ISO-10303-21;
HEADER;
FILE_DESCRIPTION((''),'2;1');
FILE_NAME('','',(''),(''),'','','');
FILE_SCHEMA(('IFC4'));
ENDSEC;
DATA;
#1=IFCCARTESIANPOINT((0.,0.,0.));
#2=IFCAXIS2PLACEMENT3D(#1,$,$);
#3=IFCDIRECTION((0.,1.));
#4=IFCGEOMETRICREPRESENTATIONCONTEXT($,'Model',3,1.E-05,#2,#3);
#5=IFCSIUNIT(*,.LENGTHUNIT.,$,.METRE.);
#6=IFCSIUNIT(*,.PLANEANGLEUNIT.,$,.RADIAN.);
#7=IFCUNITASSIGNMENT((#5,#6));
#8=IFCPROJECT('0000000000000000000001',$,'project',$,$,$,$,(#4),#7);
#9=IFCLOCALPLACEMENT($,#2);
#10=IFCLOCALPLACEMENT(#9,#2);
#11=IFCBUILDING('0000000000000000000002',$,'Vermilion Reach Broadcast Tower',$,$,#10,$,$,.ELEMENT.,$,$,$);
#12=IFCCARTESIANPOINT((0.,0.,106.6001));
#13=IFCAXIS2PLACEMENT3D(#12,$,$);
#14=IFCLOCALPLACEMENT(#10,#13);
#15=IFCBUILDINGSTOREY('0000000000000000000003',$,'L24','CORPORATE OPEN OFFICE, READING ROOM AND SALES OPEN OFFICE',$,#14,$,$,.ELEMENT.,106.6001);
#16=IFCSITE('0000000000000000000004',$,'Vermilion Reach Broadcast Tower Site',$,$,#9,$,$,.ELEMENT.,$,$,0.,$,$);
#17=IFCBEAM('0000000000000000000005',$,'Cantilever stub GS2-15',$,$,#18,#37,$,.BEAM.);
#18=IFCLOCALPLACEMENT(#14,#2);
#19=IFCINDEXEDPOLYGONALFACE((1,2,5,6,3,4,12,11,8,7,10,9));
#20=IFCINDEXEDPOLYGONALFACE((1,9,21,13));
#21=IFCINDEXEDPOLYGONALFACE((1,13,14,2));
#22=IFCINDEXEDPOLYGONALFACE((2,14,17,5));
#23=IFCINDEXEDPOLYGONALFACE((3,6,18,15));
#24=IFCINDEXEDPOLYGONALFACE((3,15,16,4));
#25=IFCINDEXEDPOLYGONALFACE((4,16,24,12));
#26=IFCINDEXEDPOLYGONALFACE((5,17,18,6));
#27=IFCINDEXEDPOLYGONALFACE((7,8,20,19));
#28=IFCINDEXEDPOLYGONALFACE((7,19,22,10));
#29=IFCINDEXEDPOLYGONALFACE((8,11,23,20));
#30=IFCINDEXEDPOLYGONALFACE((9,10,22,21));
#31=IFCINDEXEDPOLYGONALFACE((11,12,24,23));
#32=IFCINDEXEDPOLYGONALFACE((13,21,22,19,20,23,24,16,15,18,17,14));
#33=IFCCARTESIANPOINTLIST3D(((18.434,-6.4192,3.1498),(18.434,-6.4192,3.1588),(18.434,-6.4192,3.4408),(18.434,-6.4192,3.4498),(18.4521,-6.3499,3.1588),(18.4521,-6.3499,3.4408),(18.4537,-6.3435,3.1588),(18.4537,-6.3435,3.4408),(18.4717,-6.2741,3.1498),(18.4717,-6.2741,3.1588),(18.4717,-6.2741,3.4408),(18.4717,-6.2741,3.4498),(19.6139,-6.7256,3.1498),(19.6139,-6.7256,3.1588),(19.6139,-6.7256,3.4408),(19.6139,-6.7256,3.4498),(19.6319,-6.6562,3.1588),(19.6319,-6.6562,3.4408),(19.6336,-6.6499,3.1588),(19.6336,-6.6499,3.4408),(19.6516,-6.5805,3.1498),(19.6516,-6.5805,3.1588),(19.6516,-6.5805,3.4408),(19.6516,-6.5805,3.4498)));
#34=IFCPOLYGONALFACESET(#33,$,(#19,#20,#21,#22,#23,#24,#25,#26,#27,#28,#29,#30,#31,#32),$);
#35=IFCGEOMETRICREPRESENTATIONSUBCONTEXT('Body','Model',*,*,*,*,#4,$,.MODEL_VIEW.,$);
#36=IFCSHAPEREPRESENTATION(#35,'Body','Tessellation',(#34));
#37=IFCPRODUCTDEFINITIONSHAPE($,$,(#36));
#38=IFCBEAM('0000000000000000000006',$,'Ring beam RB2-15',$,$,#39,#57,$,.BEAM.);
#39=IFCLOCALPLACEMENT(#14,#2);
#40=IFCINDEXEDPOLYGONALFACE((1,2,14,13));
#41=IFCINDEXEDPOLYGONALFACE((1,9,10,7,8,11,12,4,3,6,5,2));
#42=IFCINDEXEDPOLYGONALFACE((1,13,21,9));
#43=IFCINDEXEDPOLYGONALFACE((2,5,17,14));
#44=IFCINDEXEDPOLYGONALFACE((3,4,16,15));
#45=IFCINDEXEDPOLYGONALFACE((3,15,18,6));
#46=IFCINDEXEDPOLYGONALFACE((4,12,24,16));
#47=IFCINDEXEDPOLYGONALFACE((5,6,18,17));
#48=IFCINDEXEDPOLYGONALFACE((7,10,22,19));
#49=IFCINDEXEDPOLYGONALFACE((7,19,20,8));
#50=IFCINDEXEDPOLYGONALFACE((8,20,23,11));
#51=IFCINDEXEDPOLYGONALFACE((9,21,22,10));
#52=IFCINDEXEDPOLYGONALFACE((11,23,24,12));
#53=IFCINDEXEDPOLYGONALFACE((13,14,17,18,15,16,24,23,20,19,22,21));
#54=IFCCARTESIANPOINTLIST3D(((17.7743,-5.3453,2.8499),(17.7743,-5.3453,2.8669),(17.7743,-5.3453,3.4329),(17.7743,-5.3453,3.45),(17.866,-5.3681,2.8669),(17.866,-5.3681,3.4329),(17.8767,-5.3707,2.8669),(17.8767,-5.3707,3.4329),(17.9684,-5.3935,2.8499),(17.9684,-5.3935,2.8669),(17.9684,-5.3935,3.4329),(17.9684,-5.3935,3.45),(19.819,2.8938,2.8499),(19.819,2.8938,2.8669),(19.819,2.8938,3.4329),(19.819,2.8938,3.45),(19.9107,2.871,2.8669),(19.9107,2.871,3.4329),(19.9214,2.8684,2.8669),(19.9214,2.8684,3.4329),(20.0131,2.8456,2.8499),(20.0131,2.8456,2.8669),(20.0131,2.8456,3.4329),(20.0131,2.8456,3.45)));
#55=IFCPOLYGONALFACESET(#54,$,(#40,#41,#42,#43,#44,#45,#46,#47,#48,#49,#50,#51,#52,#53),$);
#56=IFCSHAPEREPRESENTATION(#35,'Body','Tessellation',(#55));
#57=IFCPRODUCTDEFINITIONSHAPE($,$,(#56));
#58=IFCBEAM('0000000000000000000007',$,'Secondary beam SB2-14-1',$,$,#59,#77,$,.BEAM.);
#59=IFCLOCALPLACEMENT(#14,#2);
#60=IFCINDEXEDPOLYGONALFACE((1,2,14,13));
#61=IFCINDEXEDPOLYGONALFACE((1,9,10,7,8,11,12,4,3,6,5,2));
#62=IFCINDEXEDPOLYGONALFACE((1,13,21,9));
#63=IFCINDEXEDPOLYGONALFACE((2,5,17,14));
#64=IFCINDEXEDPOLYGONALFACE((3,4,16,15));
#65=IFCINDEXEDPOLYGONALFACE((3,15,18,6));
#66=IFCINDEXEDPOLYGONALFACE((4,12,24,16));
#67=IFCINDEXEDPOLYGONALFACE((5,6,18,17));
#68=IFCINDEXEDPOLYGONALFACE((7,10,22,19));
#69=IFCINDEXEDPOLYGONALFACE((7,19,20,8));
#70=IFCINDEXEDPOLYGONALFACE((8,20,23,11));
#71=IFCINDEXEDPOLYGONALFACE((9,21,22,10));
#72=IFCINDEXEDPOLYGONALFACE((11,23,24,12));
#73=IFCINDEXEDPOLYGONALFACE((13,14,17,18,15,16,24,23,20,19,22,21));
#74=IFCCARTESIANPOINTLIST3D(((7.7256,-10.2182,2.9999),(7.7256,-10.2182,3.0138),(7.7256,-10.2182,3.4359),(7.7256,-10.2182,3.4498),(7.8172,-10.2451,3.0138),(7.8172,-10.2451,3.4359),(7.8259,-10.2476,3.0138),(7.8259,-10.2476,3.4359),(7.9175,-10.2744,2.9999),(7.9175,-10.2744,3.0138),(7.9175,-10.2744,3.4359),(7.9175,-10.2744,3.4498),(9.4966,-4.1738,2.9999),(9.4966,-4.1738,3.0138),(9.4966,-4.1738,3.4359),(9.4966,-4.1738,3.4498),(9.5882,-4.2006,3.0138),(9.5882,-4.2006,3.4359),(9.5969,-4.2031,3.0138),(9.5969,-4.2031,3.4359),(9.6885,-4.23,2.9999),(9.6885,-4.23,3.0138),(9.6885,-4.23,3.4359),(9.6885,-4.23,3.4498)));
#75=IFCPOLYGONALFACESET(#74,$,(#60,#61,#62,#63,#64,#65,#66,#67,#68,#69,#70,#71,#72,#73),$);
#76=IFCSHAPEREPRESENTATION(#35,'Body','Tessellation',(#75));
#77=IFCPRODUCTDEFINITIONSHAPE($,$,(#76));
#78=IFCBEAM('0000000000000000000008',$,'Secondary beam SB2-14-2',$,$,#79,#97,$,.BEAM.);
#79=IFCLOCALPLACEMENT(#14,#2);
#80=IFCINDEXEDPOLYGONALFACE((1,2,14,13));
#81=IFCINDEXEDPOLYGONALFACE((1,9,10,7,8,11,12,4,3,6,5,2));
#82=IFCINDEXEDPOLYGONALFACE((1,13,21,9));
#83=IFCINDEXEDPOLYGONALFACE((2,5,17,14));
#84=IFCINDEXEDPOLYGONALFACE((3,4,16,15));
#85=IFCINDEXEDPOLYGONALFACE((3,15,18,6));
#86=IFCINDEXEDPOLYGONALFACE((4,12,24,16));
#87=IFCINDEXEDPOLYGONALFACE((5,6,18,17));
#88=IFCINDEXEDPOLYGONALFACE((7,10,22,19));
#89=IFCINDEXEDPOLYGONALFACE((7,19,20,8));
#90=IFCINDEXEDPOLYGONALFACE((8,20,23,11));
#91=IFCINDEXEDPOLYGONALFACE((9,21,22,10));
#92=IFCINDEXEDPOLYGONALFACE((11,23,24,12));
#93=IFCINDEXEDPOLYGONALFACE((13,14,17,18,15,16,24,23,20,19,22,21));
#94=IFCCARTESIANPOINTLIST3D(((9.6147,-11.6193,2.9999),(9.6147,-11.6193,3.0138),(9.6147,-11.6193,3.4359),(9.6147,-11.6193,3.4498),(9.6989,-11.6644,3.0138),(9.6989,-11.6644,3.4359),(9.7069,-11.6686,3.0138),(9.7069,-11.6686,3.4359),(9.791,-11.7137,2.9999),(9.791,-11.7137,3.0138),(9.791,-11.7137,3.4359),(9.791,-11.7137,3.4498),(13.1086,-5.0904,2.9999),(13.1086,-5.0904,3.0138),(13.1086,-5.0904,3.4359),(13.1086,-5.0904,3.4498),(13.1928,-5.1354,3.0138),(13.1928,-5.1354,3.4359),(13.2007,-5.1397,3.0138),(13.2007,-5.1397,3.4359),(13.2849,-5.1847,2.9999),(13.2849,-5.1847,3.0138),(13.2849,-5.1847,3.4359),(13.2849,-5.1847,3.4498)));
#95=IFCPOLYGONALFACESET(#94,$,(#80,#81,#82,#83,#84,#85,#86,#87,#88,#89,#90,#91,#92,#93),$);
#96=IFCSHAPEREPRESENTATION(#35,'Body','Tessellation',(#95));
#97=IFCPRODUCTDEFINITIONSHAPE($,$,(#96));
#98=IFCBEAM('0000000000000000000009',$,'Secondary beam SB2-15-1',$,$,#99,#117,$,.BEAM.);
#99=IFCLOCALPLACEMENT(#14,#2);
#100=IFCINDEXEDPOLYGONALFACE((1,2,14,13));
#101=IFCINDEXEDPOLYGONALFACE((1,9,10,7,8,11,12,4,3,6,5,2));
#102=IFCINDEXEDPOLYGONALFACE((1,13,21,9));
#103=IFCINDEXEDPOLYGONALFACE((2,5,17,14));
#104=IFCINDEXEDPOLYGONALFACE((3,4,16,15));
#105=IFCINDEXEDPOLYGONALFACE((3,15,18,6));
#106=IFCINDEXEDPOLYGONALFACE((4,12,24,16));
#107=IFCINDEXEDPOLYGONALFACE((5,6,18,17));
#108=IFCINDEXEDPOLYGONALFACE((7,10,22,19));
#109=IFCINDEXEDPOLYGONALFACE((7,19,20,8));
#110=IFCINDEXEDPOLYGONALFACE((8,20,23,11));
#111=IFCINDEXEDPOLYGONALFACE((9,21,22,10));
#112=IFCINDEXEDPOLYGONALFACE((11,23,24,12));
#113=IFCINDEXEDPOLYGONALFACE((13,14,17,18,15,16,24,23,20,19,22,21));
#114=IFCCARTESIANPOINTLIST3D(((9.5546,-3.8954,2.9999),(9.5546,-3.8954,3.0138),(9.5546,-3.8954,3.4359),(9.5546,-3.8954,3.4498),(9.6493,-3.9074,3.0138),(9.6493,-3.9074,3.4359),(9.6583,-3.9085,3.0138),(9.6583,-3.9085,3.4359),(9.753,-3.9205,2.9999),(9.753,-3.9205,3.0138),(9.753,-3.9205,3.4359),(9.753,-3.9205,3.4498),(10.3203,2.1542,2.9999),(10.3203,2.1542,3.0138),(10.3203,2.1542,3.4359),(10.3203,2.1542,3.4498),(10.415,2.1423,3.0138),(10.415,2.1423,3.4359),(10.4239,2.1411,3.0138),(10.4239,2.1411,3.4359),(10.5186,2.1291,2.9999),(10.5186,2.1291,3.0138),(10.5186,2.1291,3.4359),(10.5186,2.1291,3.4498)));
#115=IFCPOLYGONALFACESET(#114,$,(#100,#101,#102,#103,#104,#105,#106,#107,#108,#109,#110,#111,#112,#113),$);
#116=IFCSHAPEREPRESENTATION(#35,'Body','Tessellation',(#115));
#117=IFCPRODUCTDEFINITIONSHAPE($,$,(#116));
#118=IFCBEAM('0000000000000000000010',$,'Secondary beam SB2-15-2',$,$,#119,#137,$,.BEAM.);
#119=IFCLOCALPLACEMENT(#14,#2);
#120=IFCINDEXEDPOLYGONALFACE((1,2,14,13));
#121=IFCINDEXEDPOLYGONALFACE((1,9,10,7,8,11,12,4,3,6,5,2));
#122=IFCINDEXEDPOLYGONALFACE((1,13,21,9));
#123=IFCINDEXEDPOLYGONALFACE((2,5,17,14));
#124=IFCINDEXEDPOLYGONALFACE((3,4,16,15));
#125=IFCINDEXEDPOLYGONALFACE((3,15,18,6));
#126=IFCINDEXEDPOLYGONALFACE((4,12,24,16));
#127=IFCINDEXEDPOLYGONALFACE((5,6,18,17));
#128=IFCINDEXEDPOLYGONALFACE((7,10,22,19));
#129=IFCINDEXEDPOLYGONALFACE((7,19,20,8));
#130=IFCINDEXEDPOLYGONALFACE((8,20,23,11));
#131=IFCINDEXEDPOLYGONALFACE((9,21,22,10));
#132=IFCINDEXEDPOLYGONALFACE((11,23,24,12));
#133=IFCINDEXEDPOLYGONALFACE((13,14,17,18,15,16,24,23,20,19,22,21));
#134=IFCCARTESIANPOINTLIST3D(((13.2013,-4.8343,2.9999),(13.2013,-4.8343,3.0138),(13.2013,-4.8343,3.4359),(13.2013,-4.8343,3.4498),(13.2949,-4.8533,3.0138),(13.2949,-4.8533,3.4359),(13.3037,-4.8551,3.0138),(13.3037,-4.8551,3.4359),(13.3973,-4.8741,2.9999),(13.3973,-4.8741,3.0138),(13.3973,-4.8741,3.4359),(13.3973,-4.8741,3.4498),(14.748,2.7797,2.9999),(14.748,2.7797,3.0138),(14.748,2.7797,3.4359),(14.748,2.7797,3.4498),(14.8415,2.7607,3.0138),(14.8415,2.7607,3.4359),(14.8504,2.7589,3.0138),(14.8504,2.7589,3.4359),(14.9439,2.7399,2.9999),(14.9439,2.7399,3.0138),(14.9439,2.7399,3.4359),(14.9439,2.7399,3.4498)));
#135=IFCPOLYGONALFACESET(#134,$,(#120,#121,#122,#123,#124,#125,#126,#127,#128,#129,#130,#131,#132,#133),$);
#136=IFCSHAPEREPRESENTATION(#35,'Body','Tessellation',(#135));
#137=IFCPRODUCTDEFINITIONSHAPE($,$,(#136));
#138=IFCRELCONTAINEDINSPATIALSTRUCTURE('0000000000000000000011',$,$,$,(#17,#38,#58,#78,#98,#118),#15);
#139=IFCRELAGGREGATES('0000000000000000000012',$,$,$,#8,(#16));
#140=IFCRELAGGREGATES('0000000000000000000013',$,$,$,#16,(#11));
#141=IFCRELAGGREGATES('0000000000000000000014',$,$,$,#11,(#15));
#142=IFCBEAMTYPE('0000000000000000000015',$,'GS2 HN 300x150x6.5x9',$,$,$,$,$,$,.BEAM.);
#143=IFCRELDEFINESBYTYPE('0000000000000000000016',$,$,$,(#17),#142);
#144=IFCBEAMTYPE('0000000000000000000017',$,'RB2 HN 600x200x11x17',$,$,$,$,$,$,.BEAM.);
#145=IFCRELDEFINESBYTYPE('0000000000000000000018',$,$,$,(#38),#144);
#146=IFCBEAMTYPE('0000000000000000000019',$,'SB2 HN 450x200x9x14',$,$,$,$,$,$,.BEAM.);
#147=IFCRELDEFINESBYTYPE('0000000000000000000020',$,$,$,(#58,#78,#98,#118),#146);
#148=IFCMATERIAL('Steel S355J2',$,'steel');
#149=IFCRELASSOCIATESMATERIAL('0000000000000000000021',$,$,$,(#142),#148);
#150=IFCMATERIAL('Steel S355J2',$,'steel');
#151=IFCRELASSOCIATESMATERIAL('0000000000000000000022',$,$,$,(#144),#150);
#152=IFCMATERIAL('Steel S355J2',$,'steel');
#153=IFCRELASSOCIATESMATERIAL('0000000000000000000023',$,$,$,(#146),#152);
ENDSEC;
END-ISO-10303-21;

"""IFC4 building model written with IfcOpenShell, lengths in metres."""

from ifc_helpers import new_model, si_unit, direction, frame, origin, origin_2d, place, context, subcontext, project, spatial, i_section, extrude, material, material_profile, profile_set, type_object, element, save


model = new_model("IFC4")

# Units and contexts
model_context = context("Model", 3, precision=1e-05, world=origin(), true_north=direction((0.0, 1.0)))
body_context = subcontext(model_context, "Body", "Model", "MODEL_VIEW")
ifc_project = project(units=[si_unit("LENGTHUNIT", "METRE"), si_unit("PLANEANGLEUNIT", "RADIAN")], contexts=[model_context])

# Site, building, storey
site_placement = place(None, origin())
site = spatial("IfcSite", under=ifc_project, at=site_placement, Name="Vermilion Reach Broadcast Tower Site", CompositionType="ELEMENT", RefElevation=0.0)
building_placement = place(site_placement, origin())
building = spatial("IfcBuilding", under=site, at=building_placement, Name="Vermilion Reach Broadcast Tower", CompositionType="ELEMENT")
storey_placement = place(building_placement, frame((0.0, 0.0, 106.6001)))
storey = spatial("IfcBuildingStorey", under=building, at=storey_placement, Name="L24", Description="CORPORATE OPEN OFFICE, READING ROOM AND SALES OPEN OFFICE", CompositionType="ELEMENT", Elevation=106.6001)

# Beams
ifc_material_1 = material(Name="Steel S355J2", Category="steel")
ifc_material_profile_1 = material_profile(ifc_material_1, i_section(OverallWidth=0.1499, OverallDepth=0.3, WebThickness=0.0066, FlangeThickness=0.009, at=origin_2d()), Name="S355J2 HN 300x150x6.5x9")
ifc_profile_set_1 = profile_set([ifc_material_profile_1], Name="Steel S355J2")
beam_type_1 = type_object("IfcBeamType", Name="GS2 HN 300x150x6.5x9", PredefinedType="BEAM", material=ifc_profile_set_1)
beam_1_placement = place(storey_placement, frame((18.4529, -6.3467, 3.2998), z_axis=(0.9679, -0.251337, 0.0), x_axis=(0.251337, 0.9679, 0.0)))
element("IfcBeam", 1, at=beam_1_placement, inside=storey, type_object=beam_type_1, Name="Cantilever stub GS2-15", PredefinedType="BEAM", context=body_context, shape_type="SweptSolid", body=[
    extrude(i_section(OverallWidth=0.1499, OverallDepth=0.3, WebThickness=0.0066, FlangeThickness=0.009, at=origin_2d()), origin(), (0.0, 0.0, 1.0), 1.219),
])
ifc_material_2 = material(Name="Steel S355J2", Category="steel")
ifc_material_profile_2 = material_profile(ifc_material_2, i_section(OverallWidth=0.2, OverallDepth=0.6001, WebThickness=0.011, FlangeThickness=0.0171, at=origin_2d()), Name="S355J2 HN 600x200x11x17")
ifc_profile_set_2 = profile_set([ifc_material_profile_2], Name="Steel S355J2")
beam_type_2 = type_object("IfcBeamType", Name="RB2 HN 600x200x11x17", PredefinedType="BEAM", material=ifc_profile_set_2)
beam_2_placement = place(storey_placement, frame((17.8713, -5.3694, 3.1499), z_axis=(0.240864, 0.970559, 0.0), x_axis=(-0.970559, 0.240864, 0.0)))
element("IfcBeam", 2, at=beam_2_placement, inside=storey, type_object=beam_type_2, Name="Ring beam RB2-15", PredefinedType="BEAM", context=body_context, shape_type="SweptSolid", body=[
    extrude(i_section(OverallWidth=0.2, OverallDepth=0.6001, WebThickness=0.011, FlangeThickness=0.0171, at=origin_2d()), origin(), (0.0, 0.0, 1.0), 8.489),
])
ifc_material_3 = material(Name="Steel S355J2", Category="steel")
ifc_material_profile_3 = material_profile(ifc_material_3, i_section(OverallWidth=0.2, OverallDepth=0.45, WebThickness=0.009, FlangeThickness=0.0139, at=origin_2d()), Name="S355J2 HN 450x200x9x14")
ifc_profile_set_3 = profile_set([ifc_material_profile_3], Name="Steel S355J2")
beam_type_3 = type_object("IfcBeamType", Name="SB2 HN 450x200x9x14", PredefinedType="BEAM", material=ifc_profile_set_3)
beam_3_placement = place(storey_placement, frame((7.8215, -10.2463, 3.2249), z_axis=(0.281176, 0.959656, 0.0), x_axis=(-0.959656, 0.281176, 0.0)))
element("IfcBeam", 3, at=beam_3_placement, inside=storey, type_object=beam_type_3, Name="Secondary beam SB2-14-1", PredefinedType="BEAM", context=body_context, shape_type="SweptSolid", body=[
    extrude(i_section(OverallWidth=0.2, OverallDepth=0.45, WebThickness=0.009, FlangeThickness=0.0139, at=origin_2d()), origin(), (0.0, 0.0, 1.0), 6.2986),
])
beam_4_placement = place(storey_placement, frame((9.7029, -11.6665, 3.2249), z_axis=(0.471822, 0.881694, 0.0), x_axis=(-0.881694, 0.471822, 0.0)))
element("IfcBeam", 4, at=beam_4_placement, inside=storey, type_object=beam_type_3, Name="Secondary beam SB2-14-2", PredefinedType="BEAM", context=body_context, shape_type="SweptSolid", body=[
    extrude(i_section(OverallWidth=0.2, OverallDepth=0.45, WebThickness=0.009, FlangeThickness=0.0139, at=origin_2d()), origin(), (0.0, 0.0, 1.0), 7.405),
])
beam_5_placement = place(storey_placement, frame((9.6538, -3.908, 3.2249), z_axis=(0.125557, 0.992086, 0.0), x_axis=(-0.992086, 0.125557, 0.0)))
element("IfcBeam", 5, at=beam_5_placement, inside=storey, type_object=beam_type_3, Name="Secondary beam SB2-15-1", PredefinedType="BEAM", context=body_context, shape_type="SweptSolid", body=[
    extrude(i_section(OverallWidth=0.2, OverallDepth=0.45, WebThickness=0.009, FlangeThickness=0.0139, at=origin_2d()), origin(), (0.0, 0.0, 1.0), 6.0979),
])
beam_6_placement = place(storey_placement, frame((13.2993, -4.8542, 3.2249), z_axis=(0.199064, 0.979986, 0.0), x_axis=(-0.979986, 0.199064, 0.0)))
element("IfcBeam", 6, at=beam_6_placement, inside=storey, type_object=beam_type_3, Name="Secondary beam SB2-15-2", PredefinedType="BEAM", context=body_context, shape_type="SweptSolid", body=[
    extrude(i_section(OverallWidth=0.2, OverallDepth=0.45, WebThickness=0.009, FlangeThickness=0.0139, at=origin_2d()), origin(), (0.0, 0.0, 1.0), 7.7695),
])

save(model, "model.ifc")
